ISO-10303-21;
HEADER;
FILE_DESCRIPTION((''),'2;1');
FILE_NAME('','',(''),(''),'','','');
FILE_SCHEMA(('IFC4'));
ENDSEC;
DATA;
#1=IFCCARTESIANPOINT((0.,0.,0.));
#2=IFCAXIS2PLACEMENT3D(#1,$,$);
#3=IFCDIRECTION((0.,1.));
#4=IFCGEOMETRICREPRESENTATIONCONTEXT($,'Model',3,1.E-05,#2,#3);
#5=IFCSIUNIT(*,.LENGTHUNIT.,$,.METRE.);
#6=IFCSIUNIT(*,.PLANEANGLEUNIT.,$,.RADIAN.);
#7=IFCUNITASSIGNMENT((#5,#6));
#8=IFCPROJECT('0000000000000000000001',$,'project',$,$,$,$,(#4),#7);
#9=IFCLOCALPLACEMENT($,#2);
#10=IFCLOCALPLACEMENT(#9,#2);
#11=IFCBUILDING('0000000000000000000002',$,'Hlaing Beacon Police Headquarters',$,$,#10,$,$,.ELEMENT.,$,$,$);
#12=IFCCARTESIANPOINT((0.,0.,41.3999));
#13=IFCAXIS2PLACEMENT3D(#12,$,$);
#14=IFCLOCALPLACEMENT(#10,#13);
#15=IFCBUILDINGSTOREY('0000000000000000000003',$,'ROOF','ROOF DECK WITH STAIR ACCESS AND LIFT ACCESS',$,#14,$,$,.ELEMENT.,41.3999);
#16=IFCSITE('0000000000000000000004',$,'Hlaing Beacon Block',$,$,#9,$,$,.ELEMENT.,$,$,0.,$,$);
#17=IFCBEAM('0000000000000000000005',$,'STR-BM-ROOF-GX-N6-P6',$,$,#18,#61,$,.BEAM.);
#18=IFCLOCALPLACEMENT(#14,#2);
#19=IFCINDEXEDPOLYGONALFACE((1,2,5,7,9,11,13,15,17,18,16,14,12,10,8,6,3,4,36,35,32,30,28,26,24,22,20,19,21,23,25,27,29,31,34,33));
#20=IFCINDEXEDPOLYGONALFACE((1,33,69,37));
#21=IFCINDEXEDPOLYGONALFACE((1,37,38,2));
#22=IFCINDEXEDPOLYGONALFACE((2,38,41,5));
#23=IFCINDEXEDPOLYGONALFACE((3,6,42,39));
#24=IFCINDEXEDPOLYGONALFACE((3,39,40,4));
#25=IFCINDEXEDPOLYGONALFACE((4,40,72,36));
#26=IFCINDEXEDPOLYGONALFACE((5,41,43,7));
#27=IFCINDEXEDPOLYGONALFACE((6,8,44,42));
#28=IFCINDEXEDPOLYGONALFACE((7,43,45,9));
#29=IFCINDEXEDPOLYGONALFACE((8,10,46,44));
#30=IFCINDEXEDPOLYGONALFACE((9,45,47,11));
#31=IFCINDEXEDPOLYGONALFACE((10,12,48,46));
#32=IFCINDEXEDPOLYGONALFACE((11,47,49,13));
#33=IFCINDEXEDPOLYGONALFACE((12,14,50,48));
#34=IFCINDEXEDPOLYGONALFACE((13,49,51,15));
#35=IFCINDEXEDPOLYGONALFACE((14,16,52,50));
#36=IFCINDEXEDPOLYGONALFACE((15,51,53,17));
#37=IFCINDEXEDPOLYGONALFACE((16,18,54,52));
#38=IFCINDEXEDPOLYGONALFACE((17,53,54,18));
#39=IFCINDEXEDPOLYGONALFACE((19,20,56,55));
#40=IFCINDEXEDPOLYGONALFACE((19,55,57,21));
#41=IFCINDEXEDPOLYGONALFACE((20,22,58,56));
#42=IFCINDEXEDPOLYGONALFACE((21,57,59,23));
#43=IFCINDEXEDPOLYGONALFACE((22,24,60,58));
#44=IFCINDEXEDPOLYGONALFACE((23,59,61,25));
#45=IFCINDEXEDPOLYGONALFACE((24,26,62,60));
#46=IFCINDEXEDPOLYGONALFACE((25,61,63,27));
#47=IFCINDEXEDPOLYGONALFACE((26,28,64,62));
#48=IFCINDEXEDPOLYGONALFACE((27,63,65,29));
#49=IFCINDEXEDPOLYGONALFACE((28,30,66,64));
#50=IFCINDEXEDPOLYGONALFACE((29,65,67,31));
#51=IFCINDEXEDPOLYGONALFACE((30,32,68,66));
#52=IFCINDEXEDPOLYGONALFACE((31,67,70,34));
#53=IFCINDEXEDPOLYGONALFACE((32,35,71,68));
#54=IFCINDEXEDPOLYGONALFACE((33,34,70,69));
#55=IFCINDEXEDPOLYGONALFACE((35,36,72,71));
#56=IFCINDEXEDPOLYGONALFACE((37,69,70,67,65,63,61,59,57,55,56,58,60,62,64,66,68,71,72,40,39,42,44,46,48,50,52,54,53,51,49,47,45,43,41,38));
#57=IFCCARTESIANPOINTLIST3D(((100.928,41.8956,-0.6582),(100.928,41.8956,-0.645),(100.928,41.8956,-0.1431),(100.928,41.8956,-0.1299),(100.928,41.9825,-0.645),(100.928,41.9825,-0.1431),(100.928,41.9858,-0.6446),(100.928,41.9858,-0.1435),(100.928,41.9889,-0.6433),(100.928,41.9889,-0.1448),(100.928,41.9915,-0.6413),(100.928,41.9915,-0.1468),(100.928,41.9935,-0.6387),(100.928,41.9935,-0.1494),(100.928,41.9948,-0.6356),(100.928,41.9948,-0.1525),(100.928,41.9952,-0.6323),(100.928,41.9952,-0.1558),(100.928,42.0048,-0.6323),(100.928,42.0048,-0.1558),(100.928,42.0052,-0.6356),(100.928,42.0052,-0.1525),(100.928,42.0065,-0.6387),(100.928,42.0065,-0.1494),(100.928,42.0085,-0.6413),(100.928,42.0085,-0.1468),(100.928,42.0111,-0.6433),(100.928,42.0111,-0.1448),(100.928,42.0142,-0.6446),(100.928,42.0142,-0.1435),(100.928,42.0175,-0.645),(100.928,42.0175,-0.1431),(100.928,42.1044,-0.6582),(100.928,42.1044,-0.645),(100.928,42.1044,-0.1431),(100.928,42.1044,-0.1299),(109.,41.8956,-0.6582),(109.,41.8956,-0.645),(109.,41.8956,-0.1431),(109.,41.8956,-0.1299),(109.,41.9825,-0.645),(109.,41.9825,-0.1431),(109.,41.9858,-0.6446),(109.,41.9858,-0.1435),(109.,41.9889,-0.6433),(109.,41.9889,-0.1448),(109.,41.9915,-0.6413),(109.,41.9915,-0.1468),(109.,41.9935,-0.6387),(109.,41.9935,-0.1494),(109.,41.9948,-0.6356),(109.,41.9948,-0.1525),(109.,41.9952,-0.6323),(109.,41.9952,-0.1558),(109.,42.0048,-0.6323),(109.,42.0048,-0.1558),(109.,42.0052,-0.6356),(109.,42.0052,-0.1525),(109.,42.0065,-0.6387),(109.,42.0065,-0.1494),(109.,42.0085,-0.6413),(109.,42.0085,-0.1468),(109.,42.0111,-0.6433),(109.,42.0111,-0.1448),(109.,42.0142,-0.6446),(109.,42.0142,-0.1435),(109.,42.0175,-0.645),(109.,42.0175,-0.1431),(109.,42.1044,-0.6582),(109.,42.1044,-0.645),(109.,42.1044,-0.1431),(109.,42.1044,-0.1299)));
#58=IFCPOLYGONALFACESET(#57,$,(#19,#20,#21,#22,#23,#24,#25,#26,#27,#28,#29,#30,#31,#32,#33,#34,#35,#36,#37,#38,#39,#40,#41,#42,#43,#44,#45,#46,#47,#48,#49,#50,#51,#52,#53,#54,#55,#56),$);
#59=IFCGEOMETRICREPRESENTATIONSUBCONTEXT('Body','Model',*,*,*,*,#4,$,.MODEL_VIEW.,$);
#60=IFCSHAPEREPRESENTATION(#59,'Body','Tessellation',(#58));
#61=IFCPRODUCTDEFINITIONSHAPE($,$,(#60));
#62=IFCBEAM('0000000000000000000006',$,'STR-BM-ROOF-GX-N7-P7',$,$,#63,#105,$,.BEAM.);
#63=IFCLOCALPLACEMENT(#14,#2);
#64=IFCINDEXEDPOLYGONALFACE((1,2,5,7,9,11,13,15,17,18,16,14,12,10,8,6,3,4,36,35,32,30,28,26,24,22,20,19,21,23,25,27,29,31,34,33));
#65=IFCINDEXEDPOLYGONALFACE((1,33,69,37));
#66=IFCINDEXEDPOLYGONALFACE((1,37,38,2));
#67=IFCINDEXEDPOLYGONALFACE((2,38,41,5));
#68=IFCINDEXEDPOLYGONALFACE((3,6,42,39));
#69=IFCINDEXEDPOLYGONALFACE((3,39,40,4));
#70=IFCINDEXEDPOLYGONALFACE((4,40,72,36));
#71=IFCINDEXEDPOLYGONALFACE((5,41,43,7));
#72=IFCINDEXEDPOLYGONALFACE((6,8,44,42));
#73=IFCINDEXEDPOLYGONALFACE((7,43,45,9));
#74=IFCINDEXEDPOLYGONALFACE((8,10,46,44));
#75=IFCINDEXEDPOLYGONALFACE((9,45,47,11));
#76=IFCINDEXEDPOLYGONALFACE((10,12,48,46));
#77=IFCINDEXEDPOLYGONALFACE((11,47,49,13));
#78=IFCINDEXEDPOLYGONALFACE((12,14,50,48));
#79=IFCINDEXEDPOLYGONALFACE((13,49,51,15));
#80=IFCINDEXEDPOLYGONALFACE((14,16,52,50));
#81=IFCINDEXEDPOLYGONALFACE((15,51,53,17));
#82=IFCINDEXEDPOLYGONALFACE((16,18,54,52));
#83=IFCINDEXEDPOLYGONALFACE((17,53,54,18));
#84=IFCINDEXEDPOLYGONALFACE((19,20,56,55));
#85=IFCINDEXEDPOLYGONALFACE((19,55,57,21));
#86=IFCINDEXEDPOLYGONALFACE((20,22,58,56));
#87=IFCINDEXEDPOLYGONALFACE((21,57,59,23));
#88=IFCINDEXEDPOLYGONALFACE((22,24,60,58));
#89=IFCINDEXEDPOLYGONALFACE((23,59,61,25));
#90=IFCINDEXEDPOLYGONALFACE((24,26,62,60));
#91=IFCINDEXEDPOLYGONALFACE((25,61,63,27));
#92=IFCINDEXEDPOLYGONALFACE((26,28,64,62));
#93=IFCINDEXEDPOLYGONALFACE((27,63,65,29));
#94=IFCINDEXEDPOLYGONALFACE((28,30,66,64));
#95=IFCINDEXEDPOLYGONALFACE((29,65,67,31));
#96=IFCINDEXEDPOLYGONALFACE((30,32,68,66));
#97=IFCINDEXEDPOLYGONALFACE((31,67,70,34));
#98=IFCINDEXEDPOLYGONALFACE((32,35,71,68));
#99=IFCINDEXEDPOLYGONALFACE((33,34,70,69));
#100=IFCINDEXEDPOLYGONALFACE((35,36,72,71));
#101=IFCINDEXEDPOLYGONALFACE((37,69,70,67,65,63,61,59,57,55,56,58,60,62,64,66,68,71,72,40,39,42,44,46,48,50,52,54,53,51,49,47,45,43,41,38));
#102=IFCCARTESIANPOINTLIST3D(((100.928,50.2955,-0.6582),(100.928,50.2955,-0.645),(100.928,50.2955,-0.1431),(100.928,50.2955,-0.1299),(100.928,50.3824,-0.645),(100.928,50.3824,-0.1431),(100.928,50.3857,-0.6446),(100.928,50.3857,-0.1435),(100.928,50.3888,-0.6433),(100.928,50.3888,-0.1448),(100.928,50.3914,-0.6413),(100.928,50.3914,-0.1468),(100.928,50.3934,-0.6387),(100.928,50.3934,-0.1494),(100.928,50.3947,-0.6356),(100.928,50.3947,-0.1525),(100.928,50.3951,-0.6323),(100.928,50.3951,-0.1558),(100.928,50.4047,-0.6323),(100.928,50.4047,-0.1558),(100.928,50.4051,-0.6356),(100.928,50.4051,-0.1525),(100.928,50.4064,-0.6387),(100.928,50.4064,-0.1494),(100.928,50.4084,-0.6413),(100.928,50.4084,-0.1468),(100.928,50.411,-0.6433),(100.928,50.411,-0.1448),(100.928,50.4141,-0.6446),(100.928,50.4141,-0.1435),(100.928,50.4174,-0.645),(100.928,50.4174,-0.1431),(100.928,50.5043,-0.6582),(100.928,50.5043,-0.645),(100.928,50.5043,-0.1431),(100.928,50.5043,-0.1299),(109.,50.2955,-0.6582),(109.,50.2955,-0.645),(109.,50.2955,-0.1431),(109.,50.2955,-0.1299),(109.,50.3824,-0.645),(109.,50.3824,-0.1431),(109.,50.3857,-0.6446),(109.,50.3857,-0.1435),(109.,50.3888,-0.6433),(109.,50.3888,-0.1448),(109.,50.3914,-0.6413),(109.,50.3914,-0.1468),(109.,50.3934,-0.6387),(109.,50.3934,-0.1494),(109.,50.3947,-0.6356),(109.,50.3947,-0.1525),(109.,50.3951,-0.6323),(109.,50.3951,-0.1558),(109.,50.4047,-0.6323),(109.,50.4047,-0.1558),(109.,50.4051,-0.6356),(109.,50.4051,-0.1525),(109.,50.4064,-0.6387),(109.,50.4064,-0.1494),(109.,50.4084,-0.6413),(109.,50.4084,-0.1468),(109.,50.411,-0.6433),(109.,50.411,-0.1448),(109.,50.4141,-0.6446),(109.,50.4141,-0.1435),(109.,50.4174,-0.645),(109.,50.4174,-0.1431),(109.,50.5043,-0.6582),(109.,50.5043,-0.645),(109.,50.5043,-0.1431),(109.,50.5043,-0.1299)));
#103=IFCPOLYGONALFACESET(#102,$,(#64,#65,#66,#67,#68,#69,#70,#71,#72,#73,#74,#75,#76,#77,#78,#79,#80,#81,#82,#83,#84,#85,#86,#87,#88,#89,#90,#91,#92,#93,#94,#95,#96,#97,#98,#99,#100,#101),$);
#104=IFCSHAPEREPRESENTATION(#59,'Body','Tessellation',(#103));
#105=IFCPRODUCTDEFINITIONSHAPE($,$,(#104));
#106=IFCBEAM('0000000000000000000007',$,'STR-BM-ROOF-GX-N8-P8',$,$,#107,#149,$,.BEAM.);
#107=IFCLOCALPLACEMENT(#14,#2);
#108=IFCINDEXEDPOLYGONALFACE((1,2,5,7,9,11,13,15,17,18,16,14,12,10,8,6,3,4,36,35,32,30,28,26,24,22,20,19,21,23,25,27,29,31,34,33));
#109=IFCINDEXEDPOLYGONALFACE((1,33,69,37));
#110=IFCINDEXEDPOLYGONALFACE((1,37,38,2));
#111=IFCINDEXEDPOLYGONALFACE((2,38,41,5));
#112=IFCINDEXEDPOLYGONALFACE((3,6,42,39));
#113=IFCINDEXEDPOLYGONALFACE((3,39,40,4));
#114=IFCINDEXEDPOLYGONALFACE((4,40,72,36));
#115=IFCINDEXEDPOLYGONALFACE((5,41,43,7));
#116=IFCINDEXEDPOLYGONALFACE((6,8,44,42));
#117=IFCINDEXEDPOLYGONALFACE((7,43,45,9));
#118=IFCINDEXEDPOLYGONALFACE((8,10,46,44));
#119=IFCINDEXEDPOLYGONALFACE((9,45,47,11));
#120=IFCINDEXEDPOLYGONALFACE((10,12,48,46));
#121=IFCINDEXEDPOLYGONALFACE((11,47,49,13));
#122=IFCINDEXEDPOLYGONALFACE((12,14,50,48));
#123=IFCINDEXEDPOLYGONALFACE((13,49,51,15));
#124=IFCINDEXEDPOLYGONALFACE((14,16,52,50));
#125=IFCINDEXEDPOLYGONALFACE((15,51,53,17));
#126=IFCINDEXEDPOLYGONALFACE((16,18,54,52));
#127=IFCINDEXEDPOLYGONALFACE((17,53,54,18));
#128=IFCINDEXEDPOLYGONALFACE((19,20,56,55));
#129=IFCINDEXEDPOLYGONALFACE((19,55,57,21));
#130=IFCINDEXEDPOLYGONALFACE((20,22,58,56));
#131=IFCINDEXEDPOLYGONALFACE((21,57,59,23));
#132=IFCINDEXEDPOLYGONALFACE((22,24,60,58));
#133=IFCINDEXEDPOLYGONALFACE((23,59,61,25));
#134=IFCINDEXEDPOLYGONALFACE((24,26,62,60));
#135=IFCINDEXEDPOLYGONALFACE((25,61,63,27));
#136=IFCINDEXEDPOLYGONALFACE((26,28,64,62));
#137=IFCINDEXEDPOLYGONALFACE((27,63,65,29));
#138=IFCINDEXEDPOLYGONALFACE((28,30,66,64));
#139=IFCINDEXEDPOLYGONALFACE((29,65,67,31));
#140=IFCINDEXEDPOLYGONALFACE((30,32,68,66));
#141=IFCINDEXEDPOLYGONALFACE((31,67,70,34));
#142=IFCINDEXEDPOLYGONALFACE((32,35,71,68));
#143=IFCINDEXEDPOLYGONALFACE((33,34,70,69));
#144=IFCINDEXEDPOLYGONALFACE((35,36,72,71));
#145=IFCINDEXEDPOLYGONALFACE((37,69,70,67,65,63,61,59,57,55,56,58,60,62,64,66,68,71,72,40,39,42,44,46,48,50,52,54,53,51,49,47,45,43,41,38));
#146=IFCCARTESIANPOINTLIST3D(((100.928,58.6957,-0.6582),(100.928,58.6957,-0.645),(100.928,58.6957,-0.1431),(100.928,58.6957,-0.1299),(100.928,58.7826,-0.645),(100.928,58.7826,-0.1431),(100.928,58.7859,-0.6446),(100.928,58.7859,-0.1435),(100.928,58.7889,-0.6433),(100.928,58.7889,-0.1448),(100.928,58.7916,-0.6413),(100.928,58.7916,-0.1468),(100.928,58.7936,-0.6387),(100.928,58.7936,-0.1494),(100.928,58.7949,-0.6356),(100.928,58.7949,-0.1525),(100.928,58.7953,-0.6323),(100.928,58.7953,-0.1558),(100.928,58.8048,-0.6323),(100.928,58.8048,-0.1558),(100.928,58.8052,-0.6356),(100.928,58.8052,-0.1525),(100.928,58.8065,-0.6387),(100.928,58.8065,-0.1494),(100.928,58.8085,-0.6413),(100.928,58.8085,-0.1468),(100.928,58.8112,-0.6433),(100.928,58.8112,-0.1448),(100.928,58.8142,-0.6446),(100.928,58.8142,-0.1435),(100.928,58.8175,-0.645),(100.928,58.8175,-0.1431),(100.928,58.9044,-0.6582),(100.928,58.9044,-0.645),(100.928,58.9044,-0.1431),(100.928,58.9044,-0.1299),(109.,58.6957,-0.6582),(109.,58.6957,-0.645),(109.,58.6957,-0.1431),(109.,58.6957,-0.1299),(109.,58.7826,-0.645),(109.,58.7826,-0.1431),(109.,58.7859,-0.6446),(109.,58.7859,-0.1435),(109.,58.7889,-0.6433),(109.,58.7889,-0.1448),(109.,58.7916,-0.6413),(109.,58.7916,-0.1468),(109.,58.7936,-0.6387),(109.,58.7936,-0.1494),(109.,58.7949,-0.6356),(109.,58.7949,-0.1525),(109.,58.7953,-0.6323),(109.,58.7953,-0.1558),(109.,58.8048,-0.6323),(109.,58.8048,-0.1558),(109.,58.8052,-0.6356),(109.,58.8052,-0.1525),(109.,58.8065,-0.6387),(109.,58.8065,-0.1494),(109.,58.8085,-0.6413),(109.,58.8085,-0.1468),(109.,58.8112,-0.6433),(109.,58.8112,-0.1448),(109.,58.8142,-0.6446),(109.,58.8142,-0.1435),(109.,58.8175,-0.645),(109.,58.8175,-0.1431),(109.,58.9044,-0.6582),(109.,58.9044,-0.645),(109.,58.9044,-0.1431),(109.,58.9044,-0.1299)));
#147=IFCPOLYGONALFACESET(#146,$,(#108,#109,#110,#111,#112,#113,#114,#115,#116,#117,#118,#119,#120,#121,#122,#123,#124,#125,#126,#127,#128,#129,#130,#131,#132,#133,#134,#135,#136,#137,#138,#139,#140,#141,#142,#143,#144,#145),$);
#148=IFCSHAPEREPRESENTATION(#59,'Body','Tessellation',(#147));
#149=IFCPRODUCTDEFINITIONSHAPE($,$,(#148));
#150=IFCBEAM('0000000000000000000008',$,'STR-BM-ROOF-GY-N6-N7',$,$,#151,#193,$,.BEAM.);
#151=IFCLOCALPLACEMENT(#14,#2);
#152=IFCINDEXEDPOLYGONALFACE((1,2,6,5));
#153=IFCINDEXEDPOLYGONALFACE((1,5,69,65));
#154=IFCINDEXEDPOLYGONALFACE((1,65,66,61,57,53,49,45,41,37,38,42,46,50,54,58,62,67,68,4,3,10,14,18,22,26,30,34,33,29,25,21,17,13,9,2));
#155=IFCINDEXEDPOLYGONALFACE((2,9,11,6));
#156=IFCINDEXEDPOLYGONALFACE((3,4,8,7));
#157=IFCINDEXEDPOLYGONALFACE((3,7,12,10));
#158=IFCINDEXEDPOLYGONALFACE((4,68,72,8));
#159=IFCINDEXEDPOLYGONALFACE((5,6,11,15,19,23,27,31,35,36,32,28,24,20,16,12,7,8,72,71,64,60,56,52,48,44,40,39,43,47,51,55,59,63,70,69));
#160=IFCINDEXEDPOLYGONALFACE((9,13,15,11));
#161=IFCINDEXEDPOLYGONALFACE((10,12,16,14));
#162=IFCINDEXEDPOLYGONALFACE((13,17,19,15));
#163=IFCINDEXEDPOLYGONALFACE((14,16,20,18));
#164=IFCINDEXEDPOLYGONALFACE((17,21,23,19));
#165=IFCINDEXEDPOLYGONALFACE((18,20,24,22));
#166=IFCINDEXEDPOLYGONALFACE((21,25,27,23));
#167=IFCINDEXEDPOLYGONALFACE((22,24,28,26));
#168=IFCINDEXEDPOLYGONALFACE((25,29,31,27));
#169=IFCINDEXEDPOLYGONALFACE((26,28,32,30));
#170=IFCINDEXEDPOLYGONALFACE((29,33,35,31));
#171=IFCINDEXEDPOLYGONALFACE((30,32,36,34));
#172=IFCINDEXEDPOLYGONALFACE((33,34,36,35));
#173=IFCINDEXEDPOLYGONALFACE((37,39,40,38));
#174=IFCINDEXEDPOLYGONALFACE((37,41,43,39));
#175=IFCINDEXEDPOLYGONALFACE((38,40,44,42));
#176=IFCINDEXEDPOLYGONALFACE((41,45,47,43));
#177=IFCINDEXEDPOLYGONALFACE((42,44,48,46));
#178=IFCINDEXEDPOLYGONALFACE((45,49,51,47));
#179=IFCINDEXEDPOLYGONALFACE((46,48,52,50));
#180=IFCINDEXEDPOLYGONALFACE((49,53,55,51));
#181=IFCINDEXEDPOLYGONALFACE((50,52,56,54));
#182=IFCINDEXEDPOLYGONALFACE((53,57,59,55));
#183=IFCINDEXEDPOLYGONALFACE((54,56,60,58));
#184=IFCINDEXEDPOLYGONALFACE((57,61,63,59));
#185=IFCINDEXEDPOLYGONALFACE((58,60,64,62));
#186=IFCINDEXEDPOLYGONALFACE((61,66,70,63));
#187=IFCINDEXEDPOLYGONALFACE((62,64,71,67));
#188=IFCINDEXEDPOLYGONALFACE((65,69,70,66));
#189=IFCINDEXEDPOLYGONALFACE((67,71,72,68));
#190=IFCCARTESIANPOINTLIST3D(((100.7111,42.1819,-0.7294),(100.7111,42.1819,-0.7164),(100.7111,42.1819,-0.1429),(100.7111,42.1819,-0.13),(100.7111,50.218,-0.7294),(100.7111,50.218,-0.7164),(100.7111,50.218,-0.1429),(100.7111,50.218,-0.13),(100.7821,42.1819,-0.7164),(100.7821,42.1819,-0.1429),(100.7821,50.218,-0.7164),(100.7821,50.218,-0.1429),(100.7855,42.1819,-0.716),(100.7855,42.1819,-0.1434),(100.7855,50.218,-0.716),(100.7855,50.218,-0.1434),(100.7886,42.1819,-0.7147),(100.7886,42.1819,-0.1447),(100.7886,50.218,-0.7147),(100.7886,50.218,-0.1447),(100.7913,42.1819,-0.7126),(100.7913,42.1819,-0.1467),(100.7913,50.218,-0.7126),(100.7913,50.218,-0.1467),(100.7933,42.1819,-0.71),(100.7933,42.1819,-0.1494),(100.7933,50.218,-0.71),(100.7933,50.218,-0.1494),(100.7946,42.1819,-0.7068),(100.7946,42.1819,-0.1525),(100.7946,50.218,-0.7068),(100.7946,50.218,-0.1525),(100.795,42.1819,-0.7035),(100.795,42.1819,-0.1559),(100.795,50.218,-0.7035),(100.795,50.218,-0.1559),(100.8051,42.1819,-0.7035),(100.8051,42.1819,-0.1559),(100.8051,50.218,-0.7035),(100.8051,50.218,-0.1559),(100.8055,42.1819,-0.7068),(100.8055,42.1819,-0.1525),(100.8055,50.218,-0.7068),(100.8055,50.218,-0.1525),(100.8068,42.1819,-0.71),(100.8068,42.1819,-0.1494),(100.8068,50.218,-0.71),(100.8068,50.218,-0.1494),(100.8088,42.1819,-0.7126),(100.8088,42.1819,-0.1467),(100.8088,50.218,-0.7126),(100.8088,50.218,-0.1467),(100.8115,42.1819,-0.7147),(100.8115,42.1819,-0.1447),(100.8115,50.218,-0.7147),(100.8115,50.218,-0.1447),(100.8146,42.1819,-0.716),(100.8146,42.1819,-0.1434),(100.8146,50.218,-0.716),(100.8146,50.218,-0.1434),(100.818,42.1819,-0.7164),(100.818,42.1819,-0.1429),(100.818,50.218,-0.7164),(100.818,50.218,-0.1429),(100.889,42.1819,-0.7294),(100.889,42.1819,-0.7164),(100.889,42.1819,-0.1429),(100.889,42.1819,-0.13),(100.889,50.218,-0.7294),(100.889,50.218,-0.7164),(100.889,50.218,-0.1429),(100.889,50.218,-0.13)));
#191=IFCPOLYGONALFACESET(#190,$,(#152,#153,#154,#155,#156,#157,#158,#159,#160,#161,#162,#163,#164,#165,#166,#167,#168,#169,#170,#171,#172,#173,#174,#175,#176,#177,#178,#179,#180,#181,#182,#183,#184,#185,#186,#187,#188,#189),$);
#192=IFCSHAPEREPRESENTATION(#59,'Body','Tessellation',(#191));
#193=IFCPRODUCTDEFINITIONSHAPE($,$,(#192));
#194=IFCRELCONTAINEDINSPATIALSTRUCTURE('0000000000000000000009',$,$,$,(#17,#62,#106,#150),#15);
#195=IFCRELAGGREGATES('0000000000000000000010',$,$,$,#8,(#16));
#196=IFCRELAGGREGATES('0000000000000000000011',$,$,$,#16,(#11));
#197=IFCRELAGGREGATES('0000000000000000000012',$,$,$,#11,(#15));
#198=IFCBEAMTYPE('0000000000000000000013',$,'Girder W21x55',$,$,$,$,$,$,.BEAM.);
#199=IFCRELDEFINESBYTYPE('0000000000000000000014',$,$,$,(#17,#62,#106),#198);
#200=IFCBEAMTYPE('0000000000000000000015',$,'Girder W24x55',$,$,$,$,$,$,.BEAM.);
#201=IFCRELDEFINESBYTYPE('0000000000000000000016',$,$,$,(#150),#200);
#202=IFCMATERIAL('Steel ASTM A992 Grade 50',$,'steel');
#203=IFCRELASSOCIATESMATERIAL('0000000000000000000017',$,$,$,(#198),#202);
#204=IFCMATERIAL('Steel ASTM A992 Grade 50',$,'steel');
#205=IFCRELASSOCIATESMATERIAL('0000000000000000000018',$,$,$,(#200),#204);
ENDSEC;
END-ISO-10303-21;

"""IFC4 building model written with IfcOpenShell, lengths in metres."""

from ifc_helpers import new_model, si_unit, direction, frame, origin, origin_2d, place, context, subcontext, project, spatial, i_section, extrude, material, material_profile, profile_set, type_object, element, save


model = new_model("IFC4")

# Units and contexts
model_context = context("Model", 3, precision=1e-05, world=origin(), true_north=direction((0.0, 1.0)))
body_context = subcontext(model_context, "Body", "Model", "MODEL_VIEW")
ifc_project = project(units=[si_unit("LENGTHUNIT", "METRE"), si_unit("PLANEANGLEUNIT", "RADIAN")], contexts=[model_context])

# Site, building, storey
site_placement = place(None, origin())
site = spatial("IfcSite", under=ifc_project, at=site_placement, Name="Hlaing Beacon Block", CompositionType="ELEMENT", RefElevation=0.0)
building_placement = place(site_placement, origin())
building = spatial("IfcBuilding", under=site, at=building_placement, Name="Hlaing Beacon Police Headquarters", CompositionType="ELEMENT")
storey_placement = place(building_placement, frame((0.0, 0.0, 41.3999)))
storey = spatial("IfcBuildingStorey", under=building, at=storey_placement, Name="ROOF", Description="ROOF DECK WITH STAIR ACCESS AND LIFT ACCESS", CompositionType="ELEMENT", Elevation=41.3999)

# Beams
ifc_material_1 = material(Name="Steel ASTM A992 Grade 50", Category="steel")
ifc_material_profile_1 = material_profile(ifc_material_1, i_section(OverallWidth=0.2087, OverallDepth=0.5283, WebThickness=0.0095, FlangeThickness=0.0132, FilletRadius=0.0127, at=origin_2d()), Name="W21x55")
ifc_profile_set_1 = profile_set([ifc_material_profile_1], Name="Steel ASTM A992 Grade 50")
beam_type_1 = type_object("IfcBeamType", Name="Girder W21x55", PredefinedType="BEAM", material=ifc_profile_set_1)
for number, where, z_axis, x_axis, name in (
    (1, (100.928, 42.0, -0.394), (1.0, 0.0, 0.0), (0.0, 1.0, 0.0), "STR-BM-ROOF-GX-N6-P6"),
    (2, (100.928, 50.3999, -0.394), (1.0, 0.0, 0.0), (0.0, 1.0, 0.0), "STR-BM-ROOF-GX-N7-P7"),
    (3, (100.928, 58.8, -0.394), (1.0, 0.0, 0.0), (0.0, 1.0, 0.0), "STR-BM-ROOF-GX-N8-P8"),
):
    element("IfcBeam", number, at=place(storey_placement, frame(where, z_axis=z_axis, x_axis=x_axis)), inside=storey, type_object=beam_type_1, Name=name, PredefinedType="BEAM", context=body_context, shape_type="SweptSolid", body=[
        extrude(i_section(OverallWidth=0.2087, OverallDepth=0.5283, WebThickness=0.0095, FlangeThickness=0.0132, FilletRadius=0.0127, at=origin_2d()), origin(), (0.0, 0.0, 1.0), 8.072),
    ])
ifc_material_2 = material(Name="Steel ASTM A992 Grade 50", Category="steel")
ifc_material_profile_2 = material_profile(ifc_material_2, i_section(OverallWidth=0.178, OverallDepth=0.5994, WebThickness=0.01, FlangeThickness=0.0129, FilletRadius=0.0129, at=origin_2d()), Name="W24x55")
ifc_profile_set_2 = profile_set([ifc_material_profile_2], Name="Steel ASTM A992 Grade 50")
beam_type_2 = type_object("IfcBeamType", Name="Girder W24x55", PredefinedType="BEAM", material=ifc_profile_set_2)
beam_1_placement = place(storey_placement, frame((100.8, 42.1819, -0.4297), z_axis=(0.0, 1.0, 0.0), x_axis=(-1.0, 0.0, 0.0)))
element("IfcBeam", 4, at=beam_1_placement, inside=storey, type_object=beam_type_2, Name="STR-BM-ROOF-GY-N6-N7", PredefinedType="BEAM", context=body_context, shape_type="SweptSolid", body=[
    extrude(i_section(OverallWidth=0.178, OverallDepth=0.5994, WebThickness=0.01, FlangeThickness=0.0129, FilletRadius=0.0129, at=origin_2d()), origin(), (0.0, 0.0, 1.0), 8.0361),
])

save(model, "model.ifc")
